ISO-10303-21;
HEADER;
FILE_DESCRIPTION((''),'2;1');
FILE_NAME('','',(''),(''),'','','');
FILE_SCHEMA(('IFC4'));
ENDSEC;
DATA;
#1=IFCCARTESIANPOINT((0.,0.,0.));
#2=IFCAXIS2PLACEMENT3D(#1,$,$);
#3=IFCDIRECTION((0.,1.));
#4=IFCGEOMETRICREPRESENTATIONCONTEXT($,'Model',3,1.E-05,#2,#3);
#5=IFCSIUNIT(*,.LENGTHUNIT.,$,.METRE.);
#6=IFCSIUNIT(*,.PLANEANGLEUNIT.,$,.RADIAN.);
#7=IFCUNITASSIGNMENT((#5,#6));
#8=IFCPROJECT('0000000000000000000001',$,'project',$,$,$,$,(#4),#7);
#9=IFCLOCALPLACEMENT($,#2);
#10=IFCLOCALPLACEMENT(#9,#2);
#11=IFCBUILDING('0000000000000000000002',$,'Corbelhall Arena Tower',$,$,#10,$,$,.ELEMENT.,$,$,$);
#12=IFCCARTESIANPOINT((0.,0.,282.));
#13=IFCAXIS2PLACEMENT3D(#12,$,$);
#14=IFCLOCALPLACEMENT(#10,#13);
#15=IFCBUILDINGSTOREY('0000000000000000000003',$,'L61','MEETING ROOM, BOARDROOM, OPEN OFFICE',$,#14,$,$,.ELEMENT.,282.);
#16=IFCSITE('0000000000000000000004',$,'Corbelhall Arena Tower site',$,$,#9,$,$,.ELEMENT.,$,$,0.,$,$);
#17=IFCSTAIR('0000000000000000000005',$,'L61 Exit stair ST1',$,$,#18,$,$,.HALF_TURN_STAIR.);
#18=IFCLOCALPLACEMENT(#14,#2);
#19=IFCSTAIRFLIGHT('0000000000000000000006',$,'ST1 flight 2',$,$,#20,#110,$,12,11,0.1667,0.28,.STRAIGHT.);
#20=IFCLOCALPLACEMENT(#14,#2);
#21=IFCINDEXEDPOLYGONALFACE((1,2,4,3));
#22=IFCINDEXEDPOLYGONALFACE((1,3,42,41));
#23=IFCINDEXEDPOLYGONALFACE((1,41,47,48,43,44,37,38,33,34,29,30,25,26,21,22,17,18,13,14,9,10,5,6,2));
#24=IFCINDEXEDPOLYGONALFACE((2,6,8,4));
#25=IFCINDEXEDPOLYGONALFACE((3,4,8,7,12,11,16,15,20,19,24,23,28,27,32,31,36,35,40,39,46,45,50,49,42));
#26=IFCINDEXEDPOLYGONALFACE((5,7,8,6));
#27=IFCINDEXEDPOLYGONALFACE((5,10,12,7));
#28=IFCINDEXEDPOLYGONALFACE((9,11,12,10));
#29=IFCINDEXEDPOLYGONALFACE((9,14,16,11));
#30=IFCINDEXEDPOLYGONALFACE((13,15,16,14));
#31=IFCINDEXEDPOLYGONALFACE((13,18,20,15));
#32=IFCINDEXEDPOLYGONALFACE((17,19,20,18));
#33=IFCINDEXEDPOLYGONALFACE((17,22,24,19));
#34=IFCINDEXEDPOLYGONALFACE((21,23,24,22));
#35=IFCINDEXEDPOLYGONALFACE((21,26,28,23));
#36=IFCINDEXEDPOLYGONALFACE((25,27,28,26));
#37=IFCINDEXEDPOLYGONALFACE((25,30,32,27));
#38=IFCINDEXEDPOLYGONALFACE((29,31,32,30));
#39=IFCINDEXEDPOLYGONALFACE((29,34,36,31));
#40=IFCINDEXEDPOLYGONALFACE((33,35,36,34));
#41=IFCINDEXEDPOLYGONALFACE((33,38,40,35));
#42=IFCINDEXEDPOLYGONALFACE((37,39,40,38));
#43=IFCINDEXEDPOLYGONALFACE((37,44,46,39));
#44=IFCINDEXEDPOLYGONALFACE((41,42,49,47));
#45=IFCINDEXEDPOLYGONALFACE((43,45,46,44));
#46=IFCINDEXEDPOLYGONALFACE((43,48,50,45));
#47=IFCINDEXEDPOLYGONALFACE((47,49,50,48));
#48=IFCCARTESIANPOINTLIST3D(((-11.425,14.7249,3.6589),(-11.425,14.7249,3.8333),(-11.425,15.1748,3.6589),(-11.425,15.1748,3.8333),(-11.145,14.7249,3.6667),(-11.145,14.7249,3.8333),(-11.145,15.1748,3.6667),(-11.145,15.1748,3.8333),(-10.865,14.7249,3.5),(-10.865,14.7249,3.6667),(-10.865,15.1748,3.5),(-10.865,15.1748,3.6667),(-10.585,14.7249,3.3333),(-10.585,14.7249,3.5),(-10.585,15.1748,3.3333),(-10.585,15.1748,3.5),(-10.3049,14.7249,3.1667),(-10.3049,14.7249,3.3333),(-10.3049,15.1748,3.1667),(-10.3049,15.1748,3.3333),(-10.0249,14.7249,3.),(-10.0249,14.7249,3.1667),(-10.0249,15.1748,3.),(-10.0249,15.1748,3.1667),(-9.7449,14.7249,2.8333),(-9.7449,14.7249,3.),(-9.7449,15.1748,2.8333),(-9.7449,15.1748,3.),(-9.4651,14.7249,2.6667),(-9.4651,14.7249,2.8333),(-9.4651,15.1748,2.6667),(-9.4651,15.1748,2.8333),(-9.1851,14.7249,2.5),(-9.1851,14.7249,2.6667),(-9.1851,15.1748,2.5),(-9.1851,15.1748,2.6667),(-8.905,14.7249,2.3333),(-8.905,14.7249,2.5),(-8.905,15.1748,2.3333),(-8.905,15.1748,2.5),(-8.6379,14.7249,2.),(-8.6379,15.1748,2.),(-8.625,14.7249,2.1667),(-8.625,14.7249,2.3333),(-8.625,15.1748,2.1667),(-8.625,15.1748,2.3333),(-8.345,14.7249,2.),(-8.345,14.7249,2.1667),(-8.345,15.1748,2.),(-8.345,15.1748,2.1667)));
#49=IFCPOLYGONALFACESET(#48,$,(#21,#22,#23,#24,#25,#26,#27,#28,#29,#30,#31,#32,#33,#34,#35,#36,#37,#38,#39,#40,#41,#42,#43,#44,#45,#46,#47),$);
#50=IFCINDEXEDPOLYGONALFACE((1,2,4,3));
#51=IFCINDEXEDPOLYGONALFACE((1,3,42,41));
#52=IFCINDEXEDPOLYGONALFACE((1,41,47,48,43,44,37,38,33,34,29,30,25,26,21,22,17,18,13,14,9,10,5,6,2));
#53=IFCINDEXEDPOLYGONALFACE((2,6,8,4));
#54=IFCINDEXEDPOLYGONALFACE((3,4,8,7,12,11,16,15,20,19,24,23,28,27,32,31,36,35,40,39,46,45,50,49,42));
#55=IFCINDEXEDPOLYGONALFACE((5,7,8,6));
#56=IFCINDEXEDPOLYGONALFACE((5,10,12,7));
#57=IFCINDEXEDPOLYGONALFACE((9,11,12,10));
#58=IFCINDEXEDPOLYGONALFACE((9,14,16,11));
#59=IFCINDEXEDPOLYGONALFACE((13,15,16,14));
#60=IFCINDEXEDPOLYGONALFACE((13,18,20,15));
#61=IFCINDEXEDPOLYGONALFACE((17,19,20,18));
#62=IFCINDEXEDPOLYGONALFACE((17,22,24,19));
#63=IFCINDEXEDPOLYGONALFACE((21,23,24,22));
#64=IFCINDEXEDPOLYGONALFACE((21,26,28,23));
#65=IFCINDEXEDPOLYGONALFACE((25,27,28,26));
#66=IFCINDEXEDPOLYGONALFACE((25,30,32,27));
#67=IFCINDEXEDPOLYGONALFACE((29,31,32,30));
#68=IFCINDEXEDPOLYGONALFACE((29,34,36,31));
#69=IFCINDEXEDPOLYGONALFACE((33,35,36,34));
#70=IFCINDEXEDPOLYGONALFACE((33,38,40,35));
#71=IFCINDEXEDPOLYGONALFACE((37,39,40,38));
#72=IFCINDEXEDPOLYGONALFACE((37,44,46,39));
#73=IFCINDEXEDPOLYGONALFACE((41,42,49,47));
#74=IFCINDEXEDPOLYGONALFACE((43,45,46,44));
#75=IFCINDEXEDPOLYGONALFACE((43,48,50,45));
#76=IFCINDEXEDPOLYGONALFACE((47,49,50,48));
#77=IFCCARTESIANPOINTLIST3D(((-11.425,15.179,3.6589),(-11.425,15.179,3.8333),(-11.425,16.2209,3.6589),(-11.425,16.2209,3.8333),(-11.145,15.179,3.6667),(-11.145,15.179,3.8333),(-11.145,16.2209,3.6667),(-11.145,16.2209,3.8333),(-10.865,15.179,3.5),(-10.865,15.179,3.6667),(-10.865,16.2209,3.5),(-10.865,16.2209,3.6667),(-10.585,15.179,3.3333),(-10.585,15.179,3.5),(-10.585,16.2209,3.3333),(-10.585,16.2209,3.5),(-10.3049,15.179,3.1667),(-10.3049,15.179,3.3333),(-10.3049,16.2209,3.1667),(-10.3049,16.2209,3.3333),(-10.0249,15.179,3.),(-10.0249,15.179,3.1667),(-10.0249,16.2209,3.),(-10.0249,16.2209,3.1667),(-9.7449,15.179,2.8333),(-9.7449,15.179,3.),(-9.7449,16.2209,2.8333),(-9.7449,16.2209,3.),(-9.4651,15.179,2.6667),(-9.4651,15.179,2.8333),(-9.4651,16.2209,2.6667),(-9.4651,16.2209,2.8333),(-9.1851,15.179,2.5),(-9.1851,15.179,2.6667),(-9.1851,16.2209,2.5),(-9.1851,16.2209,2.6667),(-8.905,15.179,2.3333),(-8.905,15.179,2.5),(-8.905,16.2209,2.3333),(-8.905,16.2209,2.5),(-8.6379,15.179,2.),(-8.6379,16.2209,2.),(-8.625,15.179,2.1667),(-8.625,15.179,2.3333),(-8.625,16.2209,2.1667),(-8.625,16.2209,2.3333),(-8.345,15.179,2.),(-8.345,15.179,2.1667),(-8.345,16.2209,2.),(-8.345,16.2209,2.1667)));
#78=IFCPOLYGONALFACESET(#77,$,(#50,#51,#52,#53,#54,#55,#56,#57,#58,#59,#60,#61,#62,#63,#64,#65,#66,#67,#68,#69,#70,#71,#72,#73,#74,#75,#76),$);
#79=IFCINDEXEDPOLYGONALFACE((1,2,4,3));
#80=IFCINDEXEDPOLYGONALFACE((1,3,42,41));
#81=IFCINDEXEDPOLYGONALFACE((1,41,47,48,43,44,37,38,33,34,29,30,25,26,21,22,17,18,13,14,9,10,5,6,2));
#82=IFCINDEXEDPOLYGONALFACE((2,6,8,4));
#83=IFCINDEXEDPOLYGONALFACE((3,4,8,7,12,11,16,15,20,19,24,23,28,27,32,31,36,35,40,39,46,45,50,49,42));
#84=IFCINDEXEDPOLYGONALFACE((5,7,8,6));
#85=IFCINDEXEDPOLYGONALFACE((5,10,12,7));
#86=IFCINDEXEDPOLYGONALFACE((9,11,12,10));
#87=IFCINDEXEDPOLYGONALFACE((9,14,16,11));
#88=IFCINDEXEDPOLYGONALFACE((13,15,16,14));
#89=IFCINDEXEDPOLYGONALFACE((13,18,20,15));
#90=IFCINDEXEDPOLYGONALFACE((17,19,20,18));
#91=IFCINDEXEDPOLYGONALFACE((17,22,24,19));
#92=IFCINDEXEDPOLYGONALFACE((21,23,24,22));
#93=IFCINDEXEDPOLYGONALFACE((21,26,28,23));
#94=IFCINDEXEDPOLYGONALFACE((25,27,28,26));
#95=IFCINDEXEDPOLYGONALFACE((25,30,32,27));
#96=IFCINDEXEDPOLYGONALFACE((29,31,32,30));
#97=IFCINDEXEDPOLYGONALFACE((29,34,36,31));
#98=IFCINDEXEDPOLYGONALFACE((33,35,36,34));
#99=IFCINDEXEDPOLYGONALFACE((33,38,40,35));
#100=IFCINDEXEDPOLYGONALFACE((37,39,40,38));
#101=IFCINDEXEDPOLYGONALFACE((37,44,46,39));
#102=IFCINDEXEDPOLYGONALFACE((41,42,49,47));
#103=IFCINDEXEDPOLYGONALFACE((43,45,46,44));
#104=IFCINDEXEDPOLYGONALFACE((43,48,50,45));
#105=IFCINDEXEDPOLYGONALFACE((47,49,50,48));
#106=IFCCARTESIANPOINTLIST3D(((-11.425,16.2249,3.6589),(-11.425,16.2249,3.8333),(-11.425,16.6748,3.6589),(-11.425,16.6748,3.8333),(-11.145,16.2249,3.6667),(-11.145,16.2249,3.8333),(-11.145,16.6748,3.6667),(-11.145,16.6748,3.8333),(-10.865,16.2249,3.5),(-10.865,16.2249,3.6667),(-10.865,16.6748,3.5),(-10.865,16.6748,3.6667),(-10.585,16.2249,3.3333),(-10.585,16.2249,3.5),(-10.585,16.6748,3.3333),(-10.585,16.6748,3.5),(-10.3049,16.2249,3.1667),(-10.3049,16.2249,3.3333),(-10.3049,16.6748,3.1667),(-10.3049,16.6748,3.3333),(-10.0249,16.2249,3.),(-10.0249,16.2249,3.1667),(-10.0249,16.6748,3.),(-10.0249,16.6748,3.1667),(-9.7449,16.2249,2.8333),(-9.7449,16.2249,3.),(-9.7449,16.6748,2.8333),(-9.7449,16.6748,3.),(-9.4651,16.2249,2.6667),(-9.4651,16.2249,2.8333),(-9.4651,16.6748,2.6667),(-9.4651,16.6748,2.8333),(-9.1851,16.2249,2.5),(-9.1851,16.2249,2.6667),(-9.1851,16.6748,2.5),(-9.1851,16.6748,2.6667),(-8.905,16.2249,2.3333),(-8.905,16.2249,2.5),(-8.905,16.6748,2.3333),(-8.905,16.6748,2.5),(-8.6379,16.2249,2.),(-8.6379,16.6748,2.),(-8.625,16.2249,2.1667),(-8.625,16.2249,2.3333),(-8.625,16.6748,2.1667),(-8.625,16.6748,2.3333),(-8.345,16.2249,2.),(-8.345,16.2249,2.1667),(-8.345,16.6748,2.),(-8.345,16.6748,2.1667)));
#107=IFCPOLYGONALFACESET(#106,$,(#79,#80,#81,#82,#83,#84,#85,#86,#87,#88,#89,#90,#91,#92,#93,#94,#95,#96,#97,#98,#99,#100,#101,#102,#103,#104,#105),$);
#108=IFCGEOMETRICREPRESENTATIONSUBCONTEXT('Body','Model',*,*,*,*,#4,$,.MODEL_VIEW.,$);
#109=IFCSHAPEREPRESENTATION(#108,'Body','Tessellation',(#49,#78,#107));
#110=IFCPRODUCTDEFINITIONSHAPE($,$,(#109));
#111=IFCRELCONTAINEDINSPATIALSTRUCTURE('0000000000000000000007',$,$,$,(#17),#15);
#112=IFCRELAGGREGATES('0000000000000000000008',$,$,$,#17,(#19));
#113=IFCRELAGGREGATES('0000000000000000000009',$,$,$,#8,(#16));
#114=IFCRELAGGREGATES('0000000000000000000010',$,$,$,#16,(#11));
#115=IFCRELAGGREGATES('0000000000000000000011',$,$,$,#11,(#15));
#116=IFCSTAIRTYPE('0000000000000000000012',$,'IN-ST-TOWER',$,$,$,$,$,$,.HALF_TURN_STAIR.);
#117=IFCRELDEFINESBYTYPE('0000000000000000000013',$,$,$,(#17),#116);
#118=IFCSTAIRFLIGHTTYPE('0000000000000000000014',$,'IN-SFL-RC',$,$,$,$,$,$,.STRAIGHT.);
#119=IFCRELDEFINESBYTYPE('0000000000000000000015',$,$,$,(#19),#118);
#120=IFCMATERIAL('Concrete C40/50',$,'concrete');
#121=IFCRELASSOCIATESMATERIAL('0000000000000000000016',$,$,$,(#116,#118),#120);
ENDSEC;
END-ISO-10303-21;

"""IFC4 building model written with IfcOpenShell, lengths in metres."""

from ifc_helpers import new_model, si_unit, direction, frame, origin, place, context, subcontext, project, spatial, polyline, outline, extrude, material, type_object, element, aggregate, save


model = new_model("IFC4")

# Units and contexts
model_context = context("Model", 3, precision=1e-05, world=origin(), true_north=direction((0.0, 1.0)))
body_context = subcontext(model_context, "Body", "Model", "MODEL_VIEW")
ifc_project = project(units=[si_unit("LENGTHUNIT", "METRE"), si_unit("PLANEANGLEUNIT", "RADIAN")], contexts=[model_context])

# Site, building, storey
site_placement = place(None, origin())
site = spatial("IfcSite", under=ifc_project, at=site_placement, Name="Corbelhall Arena Tower site", CompositionType="ELEMENT", RefElevation=0.0)
building_placement = place(site_placement, origin())
building = spatial("IfcBuilding", under=site, at=building_placement, Name="Corbelhall Arena Tower", CompositionType="ELEMENT")
storey_placement = place(building_placement, frame((0.0, 0.0, 282.0)))
storey = spatial("IfcBuildingStorey", under=building, at=storey_placement, Name="L61", Description="MEETING ROOM, BOARDROOM, OPEN OFFICE", CompositionType="ELEMENT", Elevation=282.0)

# Shared definitions
ifc_material_1 = material(Name="Concrete C40/50", Category="concrete")

# Stair, stair flight
stair_type = type_object("IfcStairType", Name="IN-ST-TOWER", PredefinedType="HALF_TURN_STAIR", material=ifc_material_1)
stair_placement = place(storey_placement, origin())
stair = element("IfcStair", 1, at=stair_placement, inside=storey, type_object=stair_type, Name="L61 Exit stair ST1", PredefinedType="HALF_TURN_STAIR")
stair_flight_type = type_object("IfcStairFlightType", Name="IN-SFL-RC", PredefinedType="STRAIGHT", material=ifc_material_1)
stair_flight_1_placement = place(storey_placement, frame((-8.345, 15.7, 2.0), z_axis=(0.0, 0.0, 1.0), x_axis=(-1.0, 0.0, 0.0)))
stair_flight_1 = element("IfcStairFlight", 2, at=stair_flight_1_placement, type_object=stair_flight_type, Name="ST1 flight 2", NumberOfRisers=12, NumberOfTreads=11, PredefinedType="STRAIGHT", RiserHeight=0.1667, TreadLength=0.28, context=body_context, shape_type="SweptSolid", body=[
    extrude(outline(polyline([(0.0, 0.0), (0.0, 0.1667), (0.28, 0.1667), (0.28, 0.3333), (0.5601, 0.3333), (0.5601, 0.5), (0.8401, 0.5), (0.8401, 0.6667), (1.1201, 0.6667), (1.1201, 0.8333), (1.3999, 0.8333), (1.3999, 1.0), (1.6799, 1.0), (1.6799, 1.1667), (1.96, 1.1667), (1.96, 1.3333), (2.24, 1.3333), (2.24, 1.5), (2.52, 1.5), (2.52, 1.6667), (2.8, 1.6667), (2.8, 1.8333), (3.0801, 1.8333), (3.0801, 2.0), (3.0801, 1.6589), (0.293, 0.0), (0.0, 0.0)])), frame((0.0, 0.9751, 0.0), z_axis=(0.0, -1.0, 0.0), x_axis=(1.0, 0.0, 0.0)), (0.0, 0.0, 1.0), 0.45),
    extrude(outline(polyline([(0.0, 0.0), (0.0, 0.1667), (0.28, 0.1667), (0.28, 0.3333), (0.5601, 0.3333), (0.5601, 0.5), (0.8401, 0.5), (0.8401, 0.6667), (1.1201, 0.6667), (1.1201, 0.8333), (1.3999, 0.8333), (1.3999, 1.0), (1.6799, 1.0), (1.6799, 1.1667), (1.96, 1.1667), (1.96, 1.3333), (2.24, 1.3333), (2.24, 1.5), (2.52, 1.5), (2.52, 1.6667), (2.8, 1.6667), (2.8, 1.8333), (3.0801, 1.8333), (3.0801, 2.0), (3.0801, 1.6589), (0.293, 0.0), (0.0, 0.0)])), frame((0.0, 0.521, 0.0), z_axis=(0.0, -1.0, 0.0), x_axis=(1.0, 0.0, 0.0)), (0.0, 0.0, 1.0), 1.042),
    extrude(outline(polyline([(0.0, 0.0), (0.0, 0.1667), (0.28, 0.1667), (0.28, 0.3333), (0.5601, 0.3333), (0.5601, 0.5), (0.8401, 0.5), (0.8401, 0.6667), (1.1201, 0.6667), (1.1201, 0.8333), (1.3999, 0.8333), (1.3999, 1.0), (1.6799, 1.0), (1.6799, 1.1667), (1.96, 1.1667), (1.96, 1.3333), (2.24, 1.3333), (2.24, 1.5), (2.52, 1.5), (2.52, 1.6667), (2.8, 1.6667), (2.8, 1.8333), (3.0801, 1.8333), (3.0801, 2.0), (3.0801, 1.6589), (0.293, 0.0), (0.0, 0.0)])), frame((0.0, -0.5249, 0.0), z_axis=(0.0, -1.0, 0.0), x_axis=(1.0, 0.0, 0.0)), (0.0, 0.0, 1.0), 0.45),
])
aggregate(stair, [stair_flight_1])

save(model, "model.ifc")
